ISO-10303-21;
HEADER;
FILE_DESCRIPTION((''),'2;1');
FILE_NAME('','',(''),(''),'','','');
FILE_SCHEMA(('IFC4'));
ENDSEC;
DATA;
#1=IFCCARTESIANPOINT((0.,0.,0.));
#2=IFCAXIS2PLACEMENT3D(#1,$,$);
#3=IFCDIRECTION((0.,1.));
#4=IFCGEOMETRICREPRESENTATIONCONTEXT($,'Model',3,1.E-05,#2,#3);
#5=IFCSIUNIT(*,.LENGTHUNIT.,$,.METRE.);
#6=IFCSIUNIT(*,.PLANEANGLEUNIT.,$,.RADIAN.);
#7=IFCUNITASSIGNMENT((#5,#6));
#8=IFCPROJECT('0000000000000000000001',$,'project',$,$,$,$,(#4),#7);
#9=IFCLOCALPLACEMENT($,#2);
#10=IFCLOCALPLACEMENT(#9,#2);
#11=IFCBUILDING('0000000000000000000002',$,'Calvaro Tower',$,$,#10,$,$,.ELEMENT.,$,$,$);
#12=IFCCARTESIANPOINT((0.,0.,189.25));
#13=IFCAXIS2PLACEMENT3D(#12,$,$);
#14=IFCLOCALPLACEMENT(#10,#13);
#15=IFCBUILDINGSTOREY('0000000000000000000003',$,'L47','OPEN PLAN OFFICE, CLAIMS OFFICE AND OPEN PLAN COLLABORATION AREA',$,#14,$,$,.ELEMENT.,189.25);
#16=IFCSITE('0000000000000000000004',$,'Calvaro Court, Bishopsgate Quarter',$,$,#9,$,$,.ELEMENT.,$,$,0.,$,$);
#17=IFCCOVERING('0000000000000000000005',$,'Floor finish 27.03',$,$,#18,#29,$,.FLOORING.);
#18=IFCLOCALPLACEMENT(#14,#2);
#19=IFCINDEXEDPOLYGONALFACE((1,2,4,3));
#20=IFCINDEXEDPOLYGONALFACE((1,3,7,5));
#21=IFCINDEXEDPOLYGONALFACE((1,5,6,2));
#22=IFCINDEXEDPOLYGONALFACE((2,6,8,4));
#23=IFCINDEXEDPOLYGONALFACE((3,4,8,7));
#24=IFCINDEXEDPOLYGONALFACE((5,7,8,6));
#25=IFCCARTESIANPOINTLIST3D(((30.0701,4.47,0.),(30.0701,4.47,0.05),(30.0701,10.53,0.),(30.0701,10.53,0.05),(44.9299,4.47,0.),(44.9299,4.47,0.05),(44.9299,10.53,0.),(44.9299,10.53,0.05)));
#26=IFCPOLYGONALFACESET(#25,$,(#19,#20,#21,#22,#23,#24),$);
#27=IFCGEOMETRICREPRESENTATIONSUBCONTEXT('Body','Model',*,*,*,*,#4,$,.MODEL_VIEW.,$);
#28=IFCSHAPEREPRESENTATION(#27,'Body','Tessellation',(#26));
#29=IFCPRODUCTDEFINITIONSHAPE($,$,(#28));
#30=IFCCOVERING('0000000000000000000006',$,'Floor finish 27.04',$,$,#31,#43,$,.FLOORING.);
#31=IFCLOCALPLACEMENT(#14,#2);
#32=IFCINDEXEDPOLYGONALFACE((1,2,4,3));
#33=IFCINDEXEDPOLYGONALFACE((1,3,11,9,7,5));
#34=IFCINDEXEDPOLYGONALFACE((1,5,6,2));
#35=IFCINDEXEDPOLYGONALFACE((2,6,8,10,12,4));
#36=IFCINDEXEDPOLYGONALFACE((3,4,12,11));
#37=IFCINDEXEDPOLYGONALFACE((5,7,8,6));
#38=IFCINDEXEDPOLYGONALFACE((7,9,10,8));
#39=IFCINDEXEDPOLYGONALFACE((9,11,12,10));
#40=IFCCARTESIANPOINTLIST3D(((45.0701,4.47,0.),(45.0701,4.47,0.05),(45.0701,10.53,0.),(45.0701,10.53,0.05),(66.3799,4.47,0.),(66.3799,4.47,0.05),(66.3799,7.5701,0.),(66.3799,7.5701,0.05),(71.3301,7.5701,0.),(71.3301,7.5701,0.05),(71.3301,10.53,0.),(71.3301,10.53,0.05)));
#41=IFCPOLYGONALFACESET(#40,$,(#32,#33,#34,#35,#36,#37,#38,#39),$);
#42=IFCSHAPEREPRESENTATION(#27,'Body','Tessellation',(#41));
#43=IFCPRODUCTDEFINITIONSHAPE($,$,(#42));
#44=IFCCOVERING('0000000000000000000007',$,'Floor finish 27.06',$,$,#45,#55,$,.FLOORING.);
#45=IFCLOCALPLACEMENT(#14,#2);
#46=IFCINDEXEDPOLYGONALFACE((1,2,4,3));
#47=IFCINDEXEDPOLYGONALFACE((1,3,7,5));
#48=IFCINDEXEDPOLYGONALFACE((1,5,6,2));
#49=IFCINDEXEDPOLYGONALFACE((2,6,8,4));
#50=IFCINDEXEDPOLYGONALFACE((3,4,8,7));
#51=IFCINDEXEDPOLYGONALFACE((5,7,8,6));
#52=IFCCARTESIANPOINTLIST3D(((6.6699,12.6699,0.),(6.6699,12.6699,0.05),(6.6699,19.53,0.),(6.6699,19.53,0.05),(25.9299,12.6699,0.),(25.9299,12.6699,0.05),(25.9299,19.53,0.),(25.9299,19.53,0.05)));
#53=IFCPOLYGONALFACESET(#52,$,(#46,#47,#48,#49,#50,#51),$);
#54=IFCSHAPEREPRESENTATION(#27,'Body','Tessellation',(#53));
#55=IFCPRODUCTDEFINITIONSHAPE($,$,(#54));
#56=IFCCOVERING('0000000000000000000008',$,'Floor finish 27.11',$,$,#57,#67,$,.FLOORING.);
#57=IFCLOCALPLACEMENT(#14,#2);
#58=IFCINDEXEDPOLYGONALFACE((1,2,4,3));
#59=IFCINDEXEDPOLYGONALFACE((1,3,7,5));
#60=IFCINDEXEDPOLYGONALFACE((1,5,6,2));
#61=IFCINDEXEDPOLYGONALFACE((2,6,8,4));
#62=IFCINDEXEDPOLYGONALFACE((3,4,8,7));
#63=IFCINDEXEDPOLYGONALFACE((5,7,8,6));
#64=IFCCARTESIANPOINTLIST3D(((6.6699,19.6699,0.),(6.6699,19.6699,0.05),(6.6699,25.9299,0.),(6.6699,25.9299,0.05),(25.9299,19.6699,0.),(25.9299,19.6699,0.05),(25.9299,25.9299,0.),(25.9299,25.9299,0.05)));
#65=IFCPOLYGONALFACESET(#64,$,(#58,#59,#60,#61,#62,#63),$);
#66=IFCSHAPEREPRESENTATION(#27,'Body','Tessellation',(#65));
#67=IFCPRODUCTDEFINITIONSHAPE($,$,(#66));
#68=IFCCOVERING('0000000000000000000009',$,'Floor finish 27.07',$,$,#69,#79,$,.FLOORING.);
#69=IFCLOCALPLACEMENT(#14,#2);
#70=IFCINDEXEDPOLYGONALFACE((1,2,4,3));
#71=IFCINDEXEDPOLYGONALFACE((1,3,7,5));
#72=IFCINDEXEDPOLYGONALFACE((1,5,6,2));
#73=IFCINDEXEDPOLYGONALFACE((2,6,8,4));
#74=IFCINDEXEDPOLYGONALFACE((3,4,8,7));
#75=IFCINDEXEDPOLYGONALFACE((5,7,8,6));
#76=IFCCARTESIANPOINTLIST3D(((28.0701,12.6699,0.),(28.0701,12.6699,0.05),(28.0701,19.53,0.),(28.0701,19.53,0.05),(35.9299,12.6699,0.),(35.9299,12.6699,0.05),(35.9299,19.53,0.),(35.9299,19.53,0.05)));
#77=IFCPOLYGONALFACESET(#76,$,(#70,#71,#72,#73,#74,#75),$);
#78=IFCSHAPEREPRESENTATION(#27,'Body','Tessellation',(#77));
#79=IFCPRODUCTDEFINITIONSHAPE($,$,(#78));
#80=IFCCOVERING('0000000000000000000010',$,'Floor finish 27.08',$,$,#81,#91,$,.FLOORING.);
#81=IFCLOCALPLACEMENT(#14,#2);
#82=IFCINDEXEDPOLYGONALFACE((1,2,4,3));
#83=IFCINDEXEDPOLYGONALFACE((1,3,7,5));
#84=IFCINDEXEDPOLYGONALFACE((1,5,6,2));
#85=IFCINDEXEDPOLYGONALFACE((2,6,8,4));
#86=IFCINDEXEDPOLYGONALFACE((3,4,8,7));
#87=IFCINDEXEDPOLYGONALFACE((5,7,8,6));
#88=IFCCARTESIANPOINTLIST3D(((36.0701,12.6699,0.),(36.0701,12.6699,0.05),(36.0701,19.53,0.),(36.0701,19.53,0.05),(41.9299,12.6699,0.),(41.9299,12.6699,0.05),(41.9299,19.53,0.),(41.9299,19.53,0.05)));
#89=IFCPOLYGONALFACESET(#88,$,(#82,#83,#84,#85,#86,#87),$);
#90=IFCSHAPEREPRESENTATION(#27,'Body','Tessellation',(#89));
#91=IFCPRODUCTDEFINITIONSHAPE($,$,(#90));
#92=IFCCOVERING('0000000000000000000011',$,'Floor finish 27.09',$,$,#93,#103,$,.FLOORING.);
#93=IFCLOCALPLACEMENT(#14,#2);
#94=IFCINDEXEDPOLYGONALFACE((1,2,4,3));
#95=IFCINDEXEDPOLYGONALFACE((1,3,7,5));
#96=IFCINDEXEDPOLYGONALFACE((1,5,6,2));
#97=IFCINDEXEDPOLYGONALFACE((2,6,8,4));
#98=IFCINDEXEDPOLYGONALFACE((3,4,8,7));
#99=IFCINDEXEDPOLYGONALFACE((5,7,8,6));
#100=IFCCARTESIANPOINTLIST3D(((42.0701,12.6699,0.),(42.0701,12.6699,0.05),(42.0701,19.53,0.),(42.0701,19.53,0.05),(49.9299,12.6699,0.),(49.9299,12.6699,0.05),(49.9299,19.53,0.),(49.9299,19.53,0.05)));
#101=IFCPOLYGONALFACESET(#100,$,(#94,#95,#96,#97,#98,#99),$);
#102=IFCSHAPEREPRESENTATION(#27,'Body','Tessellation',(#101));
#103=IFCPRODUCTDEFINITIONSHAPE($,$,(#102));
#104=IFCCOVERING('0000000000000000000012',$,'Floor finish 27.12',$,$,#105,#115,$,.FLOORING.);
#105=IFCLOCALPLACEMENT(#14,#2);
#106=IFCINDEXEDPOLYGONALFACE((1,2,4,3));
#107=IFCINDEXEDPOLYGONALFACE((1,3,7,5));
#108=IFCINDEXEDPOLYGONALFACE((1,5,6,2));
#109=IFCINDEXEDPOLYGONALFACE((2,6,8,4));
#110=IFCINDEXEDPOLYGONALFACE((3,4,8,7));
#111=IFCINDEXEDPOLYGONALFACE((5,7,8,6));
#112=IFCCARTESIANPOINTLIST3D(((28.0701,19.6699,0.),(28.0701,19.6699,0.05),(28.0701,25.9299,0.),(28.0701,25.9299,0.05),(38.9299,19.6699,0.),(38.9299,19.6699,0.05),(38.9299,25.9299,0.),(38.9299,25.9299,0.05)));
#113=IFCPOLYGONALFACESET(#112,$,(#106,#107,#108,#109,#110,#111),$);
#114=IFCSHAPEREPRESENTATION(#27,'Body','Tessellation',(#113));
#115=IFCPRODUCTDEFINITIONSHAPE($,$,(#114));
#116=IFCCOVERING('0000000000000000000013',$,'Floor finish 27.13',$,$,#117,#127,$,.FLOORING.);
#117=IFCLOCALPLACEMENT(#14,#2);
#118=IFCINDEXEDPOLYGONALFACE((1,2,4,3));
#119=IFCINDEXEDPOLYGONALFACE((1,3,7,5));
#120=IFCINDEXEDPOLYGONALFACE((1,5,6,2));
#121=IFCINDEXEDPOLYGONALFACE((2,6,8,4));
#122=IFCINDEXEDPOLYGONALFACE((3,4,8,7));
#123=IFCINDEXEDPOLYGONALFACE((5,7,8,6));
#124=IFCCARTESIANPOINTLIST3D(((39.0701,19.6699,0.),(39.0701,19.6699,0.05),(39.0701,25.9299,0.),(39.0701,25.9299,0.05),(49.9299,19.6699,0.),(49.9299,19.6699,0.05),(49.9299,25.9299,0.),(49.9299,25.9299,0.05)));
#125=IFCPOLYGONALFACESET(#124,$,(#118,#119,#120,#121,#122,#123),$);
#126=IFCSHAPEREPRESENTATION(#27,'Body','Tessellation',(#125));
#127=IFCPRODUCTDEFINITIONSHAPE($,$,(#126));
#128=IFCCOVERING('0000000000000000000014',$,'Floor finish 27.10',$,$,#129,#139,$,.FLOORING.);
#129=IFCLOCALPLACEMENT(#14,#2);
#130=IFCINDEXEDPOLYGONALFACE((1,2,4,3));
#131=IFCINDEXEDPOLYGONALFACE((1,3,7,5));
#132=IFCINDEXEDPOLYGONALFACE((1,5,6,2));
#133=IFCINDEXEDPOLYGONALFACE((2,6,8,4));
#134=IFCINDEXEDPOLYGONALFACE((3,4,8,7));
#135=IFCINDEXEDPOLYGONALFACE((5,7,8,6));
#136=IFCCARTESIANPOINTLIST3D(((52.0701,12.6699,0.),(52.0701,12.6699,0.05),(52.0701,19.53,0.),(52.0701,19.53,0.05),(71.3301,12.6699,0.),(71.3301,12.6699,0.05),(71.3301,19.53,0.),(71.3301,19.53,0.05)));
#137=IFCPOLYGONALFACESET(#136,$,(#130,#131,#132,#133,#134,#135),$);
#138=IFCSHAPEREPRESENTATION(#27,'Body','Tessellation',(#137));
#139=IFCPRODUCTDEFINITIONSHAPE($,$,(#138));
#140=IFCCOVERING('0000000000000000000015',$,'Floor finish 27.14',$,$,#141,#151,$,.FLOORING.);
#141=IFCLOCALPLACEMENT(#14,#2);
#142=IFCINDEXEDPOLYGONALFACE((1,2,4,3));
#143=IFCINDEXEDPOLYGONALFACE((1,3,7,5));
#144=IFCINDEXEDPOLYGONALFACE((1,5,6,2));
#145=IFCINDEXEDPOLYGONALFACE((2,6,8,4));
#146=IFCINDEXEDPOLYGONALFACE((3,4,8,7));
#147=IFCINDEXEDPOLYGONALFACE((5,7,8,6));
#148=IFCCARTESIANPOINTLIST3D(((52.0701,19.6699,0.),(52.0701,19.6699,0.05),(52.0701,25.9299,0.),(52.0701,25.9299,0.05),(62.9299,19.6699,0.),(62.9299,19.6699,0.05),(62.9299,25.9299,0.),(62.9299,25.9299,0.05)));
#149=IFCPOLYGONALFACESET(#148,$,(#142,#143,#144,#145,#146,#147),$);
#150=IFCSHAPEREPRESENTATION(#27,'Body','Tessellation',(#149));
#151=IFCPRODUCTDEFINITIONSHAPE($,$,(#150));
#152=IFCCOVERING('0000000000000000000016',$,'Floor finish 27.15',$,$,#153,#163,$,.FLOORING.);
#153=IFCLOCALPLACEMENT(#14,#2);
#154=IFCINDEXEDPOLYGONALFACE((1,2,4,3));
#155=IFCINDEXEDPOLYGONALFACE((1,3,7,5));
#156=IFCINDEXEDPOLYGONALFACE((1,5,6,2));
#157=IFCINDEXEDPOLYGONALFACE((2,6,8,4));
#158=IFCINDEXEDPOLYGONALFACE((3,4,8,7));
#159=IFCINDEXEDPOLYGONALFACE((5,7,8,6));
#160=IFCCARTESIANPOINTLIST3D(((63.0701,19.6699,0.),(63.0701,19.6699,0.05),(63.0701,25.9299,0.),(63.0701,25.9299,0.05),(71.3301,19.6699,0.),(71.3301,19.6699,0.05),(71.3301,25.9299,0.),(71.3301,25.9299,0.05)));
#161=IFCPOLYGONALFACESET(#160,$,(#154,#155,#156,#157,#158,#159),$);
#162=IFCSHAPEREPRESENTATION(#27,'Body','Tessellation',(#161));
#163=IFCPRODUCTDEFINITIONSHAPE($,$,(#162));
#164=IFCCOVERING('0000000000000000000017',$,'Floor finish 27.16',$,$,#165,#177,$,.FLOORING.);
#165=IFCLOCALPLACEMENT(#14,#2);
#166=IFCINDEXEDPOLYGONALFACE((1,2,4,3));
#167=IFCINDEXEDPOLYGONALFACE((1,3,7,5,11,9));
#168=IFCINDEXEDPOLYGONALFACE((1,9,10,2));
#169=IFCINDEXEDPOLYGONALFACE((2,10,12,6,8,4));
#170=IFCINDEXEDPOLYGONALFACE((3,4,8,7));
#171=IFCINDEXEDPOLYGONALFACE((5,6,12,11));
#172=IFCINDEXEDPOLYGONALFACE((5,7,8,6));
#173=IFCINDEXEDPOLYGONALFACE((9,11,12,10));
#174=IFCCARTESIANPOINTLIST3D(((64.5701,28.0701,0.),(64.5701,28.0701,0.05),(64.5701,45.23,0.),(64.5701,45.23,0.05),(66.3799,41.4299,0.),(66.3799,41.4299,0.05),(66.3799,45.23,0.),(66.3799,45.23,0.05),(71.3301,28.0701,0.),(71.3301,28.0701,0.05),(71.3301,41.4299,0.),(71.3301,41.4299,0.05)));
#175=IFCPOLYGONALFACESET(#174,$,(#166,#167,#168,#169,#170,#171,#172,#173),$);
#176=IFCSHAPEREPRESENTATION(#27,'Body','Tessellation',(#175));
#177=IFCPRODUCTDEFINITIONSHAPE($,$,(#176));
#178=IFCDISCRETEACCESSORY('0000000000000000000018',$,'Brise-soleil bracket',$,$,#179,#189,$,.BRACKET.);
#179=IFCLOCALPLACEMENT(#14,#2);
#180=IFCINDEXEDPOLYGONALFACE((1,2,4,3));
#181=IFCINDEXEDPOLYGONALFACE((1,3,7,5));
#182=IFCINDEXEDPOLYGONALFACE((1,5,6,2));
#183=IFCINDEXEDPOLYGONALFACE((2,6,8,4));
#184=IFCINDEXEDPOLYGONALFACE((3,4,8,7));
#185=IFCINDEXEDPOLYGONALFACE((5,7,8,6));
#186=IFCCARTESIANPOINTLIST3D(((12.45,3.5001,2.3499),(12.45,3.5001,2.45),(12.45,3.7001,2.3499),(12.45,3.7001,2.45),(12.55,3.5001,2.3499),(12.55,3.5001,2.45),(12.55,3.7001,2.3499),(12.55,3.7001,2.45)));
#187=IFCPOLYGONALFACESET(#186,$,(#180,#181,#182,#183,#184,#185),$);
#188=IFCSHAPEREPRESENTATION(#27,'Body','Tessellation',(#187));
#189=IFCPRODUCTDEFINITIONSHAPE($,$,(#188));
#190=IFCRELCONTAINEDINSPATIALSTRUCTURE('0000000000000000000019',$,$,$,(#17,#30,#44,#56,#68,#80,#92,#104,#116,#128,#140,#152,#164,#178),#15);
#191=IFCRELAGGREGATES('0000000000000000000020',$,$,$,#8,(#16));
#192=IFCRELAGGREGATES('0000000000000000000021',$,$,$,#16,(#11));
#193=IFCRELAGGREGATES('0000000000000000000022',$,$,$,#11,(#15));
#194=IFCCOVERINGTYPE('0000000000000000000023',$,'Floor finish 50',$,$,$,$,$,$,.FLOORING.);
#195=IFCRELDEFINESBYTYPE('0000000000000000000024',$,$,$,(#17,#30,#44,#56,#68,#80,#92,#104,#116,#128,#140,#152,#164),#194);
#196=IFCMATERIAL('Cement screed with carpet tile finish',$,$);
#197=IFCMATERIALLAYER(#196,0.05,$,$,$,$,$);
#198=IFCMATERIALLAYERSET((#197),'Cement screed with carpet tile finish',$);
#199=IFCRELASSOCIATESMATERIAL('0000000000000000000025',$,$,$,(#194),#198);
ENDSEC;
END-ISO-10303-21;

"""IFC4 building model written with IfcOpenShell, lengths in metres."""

from ifc_helpers import new_model, si_unit, direction, frame, origin, origin_2d, place, context, subcontext, project, spatial, polyline, rectangle, outline, extrude, material, layer, layer_set, type_object, element, save


model = new_model("IFC4")

# Units and contexts
model_context = context("Model", 3, precision=1e-05, world=origin(), true_north=direction((0.0, 1.0)))
body_context = subcontext(model_context, "Body", "Model", "MODEL_VIEW")
ifc_project = project(units=[si_unit("LENGTHUNIT", "METRE"), si_unit("PLANEANGLEUNIT", "RADIAN")], contexts=[model_context])

# Site, building, storey
site_placement = place(None, origin())
site = spatial("IfcSite", under=ifc_project, at=site_placement, Name="Calvaro Court, Bishopsgate Quarter", CompositionType="ELEMENT", RefElevation=0.0)
building_placement = place(site_placement, origin())
building = spatial("IfcBuilding", under=site, at=building_placement, Name="Calvaro Tower", CompositionType="ELEMENT")
storey_placement = place(building_placement, frame((0.0, 0.0, 189.25)))
storey = spatial("IfcBuildingStorey", under=building, at=storey_placement, Name="L47", Description="OPEN PLAN OFFICE, CLAIMS OFFICE AND OPEN PLAN COLLABORATION AREA", CompositionType="ELEMENT", Elevation=189.25)

# Coverings
ifc_material_1 = material(Name="Cement screed with carpet tile finish")
ifc_layer_1 = layer(ifc_material_1, 0.05)
ifc_layer_set_1 = layer_set([ifc_layer_1], Name="Cement screed with carpet tile finish")
covering_type = type_object("IfcCoveringType", Name="Floor finish 50", PredefinedType="FLOORING", material=ifc_layer_set_1)
covering_1_placement = place(storey_placement, origin())
element("IfcCovering", 1, at=covering_1_placement, inside=storey, type_object=covering_type, Name="Floor finish 27.03", PredefinedType="FLOORING", context=body_context, shape_type="SweptSolid", body=[
    extrude(outline(polyline([(30.0701, 10.53), (44.9299, 10.53), (44.9299, 4.47), (30.0701, 4.47), (30.0701, 10.53)])), origin(), (0.0, 0.0, 1.0), 0.05),
])
covering_2_placement = place(storey_placement, origin())
element("IfcCovering", 2, at=covering_2_placement, inside=storey, type_object=covering_type, Name="Floor finish 27.04", PredefinedType="FLOORING", context=body_context, shape_type="SweptSolid", body=[
    extrude(outline(polyline([(71.3301, 7.5701), (66.3799, 7.5701), (66.3799, 4.47), (45.0701, 4.47), (45.0701, 10.53), (71.3301, 10.53), (71.3301, 7.5701)])), origin(), (0.0, 0.0, 1.0), 0.05),
])
covering_3_placement = place(storey_placement, origin())
element("IfcCovering", 3, at=covering_3_placement, inside=storey, type_object=covering_type, Name="Floor finish 27.06", PredefinedType="FLOORING", context=body_context, shape_type="SweptSolid", body=[
    extrude(outline(polyline([(25.9299, 19.53), (25.9299, 12.6699), (6.6699, 12.6699), (6.6699, 19.53), (25.9299, 19.53)])), origin(), (0.0, 0.0, 1.0), 0.05),
])
covering_4_placement = place(storey_placement, origin())
element("IfcCovering", 4, at=covering_4_placement, inside=storey, type_object=covering_type, Name="Floor finish 27.11", PredefinedType="FLOORING", context=body_context, shape_type="SweptSolid", body=[
    extrude(outline(polyline([(25.9299, 25.9299), (25.9299, 19.6699), (6.6699, 19.6699), (6.6699, 25.9299), (25.9299, 25.9299)])), origin(), (0.0, 0.0, 1.0), 0.05),
])
covering_5_placement = place(storey_placement, origin())
element("IfcCovering", 5, at=covering_5_placement, inside=storey, type_object=covering_type, Name="Floor finish 27.07", PredefinedType="FLOORING", context=body_context, shape_type="SweptSolid", body=[
    extrude(outline(polyline([(28.0701, 12.6699), (28.0701, 19.53), (35.9299, 19.53), (35.9299, 12.6699), (28.0701, 12.6699)])), origin(), (0.0, 0.0, 1.0), 0.05),
])
covering_6_placement = place(storey_placement, origin())
element("IfcCovering", 6, at=covering_6_placement, inside=storey, type_object=covering_type, Name="Floor finish 27.08", PredefinedType="FLOORING", context=body_context, shape_type="SweptSolid", body=[
    extrude(outline(polyline([(36.0701, 12.6699), (36.0701, 19.53), (41.9299, 19.53), (41.9299, 12.6699), (36.0701, 12.6699)])), origin(), (0.0, 0.0, 1.0), 0.05),
])
covering_7_placement = place(storey_placement, origin())
element("IfcCovering", 7, at=covering_7_placement, inside=storey, type_object=covering_type, Name="Floor finish 27.09", PredefinedType="FLOORING", context=body_context, shape_type="SweptSolid", body=[
    extrude(outline(polyline([(42.0701, 12.6699), (42.0701, 19.53), (49.9299, 19.53), (49.9299, 12.6699), (42.0701, 12.6699)])), origin(), (0.0, 0.0, 1.0), 0.05),
])
covering_8_placement = place(storey_placement, origin())
element("IfcCovering", 8, at=covering_8_placement, inside=storey, type_object=covering_type, Name="Floor finish 27.12", PredefinedType="FLOORING", context=body_context, shape_type="SweptSolid", body=[
    extrude(outline(polyline([(28.0701, 19.6699), (28.0701, 25.9299), (38.9299, 25.9299), (38.9299, 19.6699), (28.0701, 19.6699)])), origin(), (0.0, 0.0, 1.0), 0.05),
])
covering_9_placement = place(storey_placement, origin())
element("IfcCovering", 9, at=covering_9_placement, inside=storey, type_object=covering_type, Name="Floor finish 27.13", PredefinedType="FLOORING", context=body_context, shape_type="SweptSolid", body=[
    extrude(outline(polyline([(39.0701, 19.6699), (39.0701, 25.9299), (49.9299, 25.9299), (49.9299, 19.6699), (39.0701, 19.6699)])), origin(), (0.0, 0.0, 1.0), 0.05),
])
covering_10_placement = place(storey_placement, origin())
element("IfcCovering", 10, at=covering_10_placement, inside=storey, type_object=covering_type, Name="Floor finish 27.10", PredefinedType="FLOORING", context=body_context, shape_type="SweptSolid", body=[
    extrude(outline(polyline([(71.3301, 12.6699), (52.0701, 12.6699), (52.0701, 19.53), (71.3301, 19.53), (71.3301, 12.6699)])), origin(), (0.0, 0.0, 1.0), 0.05),
])
covering_11_placement = place(storey_placement, origin())
element("IfcCovering", 11, at=covering_11_placement, inside=storey, type_object=covering_type, Name="Floor finish 27.14", PredefinedType="FLOORING", context=body_context, shape_type="SweptSolid", body=[
    extrude(outline(polyline([(52.0701, 19.6699), (52.0701, 25.9299), (62.9299, 25.9299), (62.9299, 19.6699), (52.0701, 19.6699)])), origin(), (0.0, 0.0, 1.0), 0.05),
])
covering_12_placement = place(storey_placement, origin())
element("IfcCovering", 12, at=covering_12_placement, inside=storey, type_object=covering_type, Name="Floor finish 27.15", PredefinedType="FLOORING", context=body_context, shape_type="SweptSolid", body=[
    extrude(outline(polyline([(71.3301, 19.6699), (63.0701, 19.6699), (63.0701, 25.9299), (71.3301, 25.9299), (71.3301, 19.6699)])), origin(), (0.0, 0.0, 1.0), 0.05),
])
covering_13_placement = place(storey_placement, origin())
element("IfcCovering", 13, at=covering_13_placement, inside=storey, type_object=covering_type, Name="Floor finish 27.16", PredefinedType="FLOORING", context=body_context, shape_type="SweptSolid", body=[
    extrude(outline(polyline([(71.3301, 28.0701), (64.5701, 28.0701), (64.5701, 45.23), (66.3799, 45.23), (66.3799, 41.4299), (71.3301, 41.4299), (71.3301, 28.0701)])), origin(), (0.0, 0.0, 1.0), 0.05),
])

# Discrete accessory
discrete_accessory_placement = place(storey_placement, frame((12.5, 3.6001, 2.3499), z_axis=(0.0, 0.0, 1.0), x_axis=(1.0, 0.0, 0.0)))
element("IfcDiscreteAccessory", 14, at=discrete_accessory_placement, inside=storey, Name="Brise-soleil bracket", PredefinedType="BRACKET", context=body_context, shape_type="SweptSolid", body=[
    extrude(rectangle(XDim=0.1001, YDim=0.2, at=origin_2d()), origin(), (0.0, 0.0, 1.0), 0.1001),
])

save(model, "model.ifc")
